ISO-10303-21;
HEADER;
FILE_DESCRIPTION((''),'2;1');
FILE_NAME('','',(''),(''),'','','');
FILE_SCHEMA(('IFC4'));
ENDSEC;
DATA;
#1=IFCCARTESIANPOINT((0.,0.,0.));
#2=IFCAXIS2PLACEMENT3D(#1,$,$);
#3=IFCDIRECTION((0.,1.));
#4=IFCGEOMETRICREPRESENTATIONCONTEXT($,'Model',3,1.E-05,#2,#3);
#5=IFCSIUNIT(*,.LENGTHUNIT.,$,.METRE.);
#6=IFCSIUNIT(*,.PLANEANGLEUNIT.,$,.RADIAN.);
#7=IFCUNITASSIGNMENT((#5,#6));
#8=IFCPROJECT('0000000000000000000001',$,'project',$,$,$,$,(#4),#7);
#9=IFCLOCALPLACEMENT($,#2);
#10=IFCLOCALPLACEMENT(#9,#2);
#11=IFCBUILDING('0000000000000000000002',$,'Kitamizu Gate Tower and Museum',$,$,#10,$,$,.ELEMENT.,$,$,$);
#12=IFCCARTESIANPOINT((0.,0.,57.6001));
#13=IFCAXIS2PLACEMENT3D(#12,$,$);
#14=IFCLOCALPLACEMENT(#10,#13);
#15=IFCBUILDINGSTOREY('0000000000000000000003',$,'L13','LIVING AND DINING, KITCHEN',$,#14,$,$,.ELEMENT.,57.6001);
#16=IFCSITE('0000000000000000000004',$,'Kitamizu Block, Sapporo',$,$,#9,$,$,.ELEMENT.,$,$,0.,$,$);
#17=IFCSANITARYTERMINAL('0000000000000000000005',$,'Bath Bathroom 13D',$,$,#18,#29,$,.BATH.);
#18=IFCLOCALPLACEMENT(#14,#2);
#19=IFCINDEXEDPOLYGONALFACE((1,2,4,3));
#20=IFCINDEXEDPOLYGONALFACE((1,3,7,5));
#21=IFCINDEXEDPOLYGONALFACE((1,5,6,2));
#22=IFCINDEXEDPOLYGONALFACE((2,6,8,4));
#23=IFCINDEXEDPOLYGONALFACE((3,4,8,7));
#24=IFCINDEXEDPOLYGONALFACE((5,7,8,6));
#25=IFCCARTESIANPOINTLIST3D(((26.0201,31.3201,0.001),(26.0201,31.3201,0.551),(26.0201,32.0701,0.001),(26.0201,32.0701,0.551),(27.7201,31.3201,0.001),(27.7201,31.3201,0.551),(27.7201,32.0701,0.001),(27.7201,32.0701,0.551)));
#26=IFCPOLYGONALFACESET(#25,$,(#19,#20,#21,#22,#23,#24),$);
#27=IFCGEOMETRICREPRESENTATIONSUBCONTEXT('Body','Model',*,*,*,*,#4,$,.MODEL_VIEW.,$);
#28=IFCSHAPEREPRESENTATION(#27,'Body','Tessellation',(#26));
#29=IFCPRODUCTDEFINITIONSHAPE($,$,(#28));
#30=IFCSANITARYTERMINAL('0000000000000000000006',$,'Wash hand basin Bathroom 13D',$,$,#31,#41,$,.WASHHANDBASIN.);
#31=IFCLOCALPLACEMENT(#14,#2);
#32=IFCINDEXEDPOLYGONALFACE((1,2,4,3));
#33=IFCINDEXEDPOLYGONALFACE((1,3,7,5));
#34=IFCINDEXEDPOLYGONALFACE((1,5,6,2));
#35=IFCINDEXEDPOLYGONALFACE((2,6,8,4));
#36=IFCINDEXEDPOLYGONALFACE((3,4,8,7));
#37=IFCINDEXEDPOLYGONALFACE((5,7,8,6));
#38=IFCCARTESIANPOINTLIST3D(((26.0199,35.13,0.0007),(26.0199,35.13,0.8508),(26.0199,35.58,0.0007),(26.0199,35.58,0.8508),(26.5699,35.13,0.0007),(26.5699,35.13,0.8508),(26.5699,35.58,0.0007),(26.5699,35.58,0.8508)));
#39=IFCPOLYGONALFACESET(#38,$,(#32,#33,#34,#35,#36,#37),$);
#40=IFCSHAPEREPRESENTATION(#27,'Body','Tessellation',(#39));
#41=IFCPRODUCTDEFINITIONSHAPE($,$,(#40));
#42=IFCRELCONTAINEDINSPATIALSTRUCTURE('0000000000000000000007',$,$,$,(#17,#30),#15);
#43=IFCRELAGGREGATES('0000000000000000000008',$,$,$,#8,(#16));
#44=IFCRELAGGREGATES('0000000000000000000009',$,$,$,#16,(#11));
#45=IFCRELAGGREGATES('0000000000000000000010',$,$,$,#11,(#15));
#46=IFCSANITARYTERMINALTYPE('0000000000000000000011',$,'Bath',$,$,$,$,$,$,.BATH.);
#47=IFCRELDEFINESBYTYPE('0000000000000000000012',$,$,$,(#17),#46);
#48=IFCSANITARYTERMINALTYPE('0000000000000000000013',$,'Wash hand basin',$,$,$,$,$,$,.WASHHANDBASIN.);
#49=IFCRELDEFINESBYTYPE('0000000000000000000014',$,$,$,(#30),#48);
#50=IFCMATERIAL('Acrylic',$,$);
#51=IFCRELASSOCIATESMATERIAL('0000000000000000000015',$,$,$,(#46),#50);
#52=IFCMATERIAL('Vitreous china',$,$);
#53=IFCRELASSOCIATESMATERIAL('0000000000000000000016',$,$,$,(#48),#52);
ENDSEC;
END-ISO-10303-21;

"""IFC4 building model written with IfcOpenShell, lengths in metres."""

from ifc_helpers import new_model, si_unit, direction, frame, origin, origin_2d, place, context, subcontext, project, spatial, rectangle, extrude, material, type_object, element, save


model = new_model("IFC4")

# Units and contexts
model_context = context("Model", 3, precision=1e-05, world=origin(), true_north=direction((0.0, 1.0)))
body_context = subcontext(model_context, "Body", "Model", "MODEL_VIEW")
ifc_project = project(units=[si_unit("LENGTHUNIT", "METRE"), si_unit("PLANEANGLEUNIT", "RADIAN")], contexts=[model_context])

# Site, building, storey
site_placement = place(None, origin())
site = spatial("IfcSite", under=ifc_project, at=site_placement, Name="Kitamizu Block, Sapporo", CompositionType="ELEMENT", RefElevation=0.0)
building_placement = place(site_placement, origin())
building = spatial("IfcBuilding", under=site, at=building_placement, Name="Kitamizu Gate Tower and Museum", CompositionType="ELEMENT")
storey_placement = place(building_placement, frame((0.0, 0.0, 57.6001)))
storey = spatial("IfcBuildingStorey", under=building, at=storey_placement, Name="L13", Description="LIVING AND DINING, KITCHEN", CompositionType="ELEMENT", Elevation=57.6001)

# Sanitary terminals
ifc_material_1 = material(Name="Acrylic")
sanitary_terminal_type_1 = type_object("IfcSanitaryTerminalType", Name="Bath", PredefinedType="BATH", material=ifc_material_1)
sanitary_terminal_1_placement = place(storey_placement, frame((26.8701, 31.6951, 0.001), z_axis=(0.0, 0.0, 1.0), x_axis=(1.0, 0.0, 0.0)))
element("IfcSanitaryTerminal", 1, at=sanitary_terminal_1_placement, inside=storey, type_object=sanitary_terminal_type_1, Name="Bath Bathroom 13D", PredefinedType="BATH", context=body_context, shape_type="SweptSolid", body=[
    extrude(rectangle(XDim=1.7, YDim=0.75, at=origin_2d()), origin(), (0.0, 0.0, 1.0), 0.55),
])
ifc_material_2 = material(Name="Vitreous china")
sanitary_terminal_type_2 = type_object("IfcSanitaryTerminalType", Name="Wash hand basin", PredefinedType="WASHHANDBASIN", material=ifc_material_2)
sanitary_terminal_2_placement = place(storey_placement, frame((26.2949, 35.355, 0.0007), z_axis=(0.0, 0.0, 1.0), x_axis=(1.0, 0.0, 0.0)))
element("IfcSanitaryTerminal", 2, at=sanitary_terminal_2_placement, inside=storey, type_object=sanitary_terminal_type_2, Name="Wash hand basin Bathroom 13D", PredefinedType="WASHHANDBASIN", context=body_context, shape_type="SweptSolid", body=[
    extrude(rectangle(XDim=0.55, YDim=0.45, at=origin_2d()), origin(), (0.0, 0.0, 1.0), 0.8501),
])

save(model, "model.ifc")
